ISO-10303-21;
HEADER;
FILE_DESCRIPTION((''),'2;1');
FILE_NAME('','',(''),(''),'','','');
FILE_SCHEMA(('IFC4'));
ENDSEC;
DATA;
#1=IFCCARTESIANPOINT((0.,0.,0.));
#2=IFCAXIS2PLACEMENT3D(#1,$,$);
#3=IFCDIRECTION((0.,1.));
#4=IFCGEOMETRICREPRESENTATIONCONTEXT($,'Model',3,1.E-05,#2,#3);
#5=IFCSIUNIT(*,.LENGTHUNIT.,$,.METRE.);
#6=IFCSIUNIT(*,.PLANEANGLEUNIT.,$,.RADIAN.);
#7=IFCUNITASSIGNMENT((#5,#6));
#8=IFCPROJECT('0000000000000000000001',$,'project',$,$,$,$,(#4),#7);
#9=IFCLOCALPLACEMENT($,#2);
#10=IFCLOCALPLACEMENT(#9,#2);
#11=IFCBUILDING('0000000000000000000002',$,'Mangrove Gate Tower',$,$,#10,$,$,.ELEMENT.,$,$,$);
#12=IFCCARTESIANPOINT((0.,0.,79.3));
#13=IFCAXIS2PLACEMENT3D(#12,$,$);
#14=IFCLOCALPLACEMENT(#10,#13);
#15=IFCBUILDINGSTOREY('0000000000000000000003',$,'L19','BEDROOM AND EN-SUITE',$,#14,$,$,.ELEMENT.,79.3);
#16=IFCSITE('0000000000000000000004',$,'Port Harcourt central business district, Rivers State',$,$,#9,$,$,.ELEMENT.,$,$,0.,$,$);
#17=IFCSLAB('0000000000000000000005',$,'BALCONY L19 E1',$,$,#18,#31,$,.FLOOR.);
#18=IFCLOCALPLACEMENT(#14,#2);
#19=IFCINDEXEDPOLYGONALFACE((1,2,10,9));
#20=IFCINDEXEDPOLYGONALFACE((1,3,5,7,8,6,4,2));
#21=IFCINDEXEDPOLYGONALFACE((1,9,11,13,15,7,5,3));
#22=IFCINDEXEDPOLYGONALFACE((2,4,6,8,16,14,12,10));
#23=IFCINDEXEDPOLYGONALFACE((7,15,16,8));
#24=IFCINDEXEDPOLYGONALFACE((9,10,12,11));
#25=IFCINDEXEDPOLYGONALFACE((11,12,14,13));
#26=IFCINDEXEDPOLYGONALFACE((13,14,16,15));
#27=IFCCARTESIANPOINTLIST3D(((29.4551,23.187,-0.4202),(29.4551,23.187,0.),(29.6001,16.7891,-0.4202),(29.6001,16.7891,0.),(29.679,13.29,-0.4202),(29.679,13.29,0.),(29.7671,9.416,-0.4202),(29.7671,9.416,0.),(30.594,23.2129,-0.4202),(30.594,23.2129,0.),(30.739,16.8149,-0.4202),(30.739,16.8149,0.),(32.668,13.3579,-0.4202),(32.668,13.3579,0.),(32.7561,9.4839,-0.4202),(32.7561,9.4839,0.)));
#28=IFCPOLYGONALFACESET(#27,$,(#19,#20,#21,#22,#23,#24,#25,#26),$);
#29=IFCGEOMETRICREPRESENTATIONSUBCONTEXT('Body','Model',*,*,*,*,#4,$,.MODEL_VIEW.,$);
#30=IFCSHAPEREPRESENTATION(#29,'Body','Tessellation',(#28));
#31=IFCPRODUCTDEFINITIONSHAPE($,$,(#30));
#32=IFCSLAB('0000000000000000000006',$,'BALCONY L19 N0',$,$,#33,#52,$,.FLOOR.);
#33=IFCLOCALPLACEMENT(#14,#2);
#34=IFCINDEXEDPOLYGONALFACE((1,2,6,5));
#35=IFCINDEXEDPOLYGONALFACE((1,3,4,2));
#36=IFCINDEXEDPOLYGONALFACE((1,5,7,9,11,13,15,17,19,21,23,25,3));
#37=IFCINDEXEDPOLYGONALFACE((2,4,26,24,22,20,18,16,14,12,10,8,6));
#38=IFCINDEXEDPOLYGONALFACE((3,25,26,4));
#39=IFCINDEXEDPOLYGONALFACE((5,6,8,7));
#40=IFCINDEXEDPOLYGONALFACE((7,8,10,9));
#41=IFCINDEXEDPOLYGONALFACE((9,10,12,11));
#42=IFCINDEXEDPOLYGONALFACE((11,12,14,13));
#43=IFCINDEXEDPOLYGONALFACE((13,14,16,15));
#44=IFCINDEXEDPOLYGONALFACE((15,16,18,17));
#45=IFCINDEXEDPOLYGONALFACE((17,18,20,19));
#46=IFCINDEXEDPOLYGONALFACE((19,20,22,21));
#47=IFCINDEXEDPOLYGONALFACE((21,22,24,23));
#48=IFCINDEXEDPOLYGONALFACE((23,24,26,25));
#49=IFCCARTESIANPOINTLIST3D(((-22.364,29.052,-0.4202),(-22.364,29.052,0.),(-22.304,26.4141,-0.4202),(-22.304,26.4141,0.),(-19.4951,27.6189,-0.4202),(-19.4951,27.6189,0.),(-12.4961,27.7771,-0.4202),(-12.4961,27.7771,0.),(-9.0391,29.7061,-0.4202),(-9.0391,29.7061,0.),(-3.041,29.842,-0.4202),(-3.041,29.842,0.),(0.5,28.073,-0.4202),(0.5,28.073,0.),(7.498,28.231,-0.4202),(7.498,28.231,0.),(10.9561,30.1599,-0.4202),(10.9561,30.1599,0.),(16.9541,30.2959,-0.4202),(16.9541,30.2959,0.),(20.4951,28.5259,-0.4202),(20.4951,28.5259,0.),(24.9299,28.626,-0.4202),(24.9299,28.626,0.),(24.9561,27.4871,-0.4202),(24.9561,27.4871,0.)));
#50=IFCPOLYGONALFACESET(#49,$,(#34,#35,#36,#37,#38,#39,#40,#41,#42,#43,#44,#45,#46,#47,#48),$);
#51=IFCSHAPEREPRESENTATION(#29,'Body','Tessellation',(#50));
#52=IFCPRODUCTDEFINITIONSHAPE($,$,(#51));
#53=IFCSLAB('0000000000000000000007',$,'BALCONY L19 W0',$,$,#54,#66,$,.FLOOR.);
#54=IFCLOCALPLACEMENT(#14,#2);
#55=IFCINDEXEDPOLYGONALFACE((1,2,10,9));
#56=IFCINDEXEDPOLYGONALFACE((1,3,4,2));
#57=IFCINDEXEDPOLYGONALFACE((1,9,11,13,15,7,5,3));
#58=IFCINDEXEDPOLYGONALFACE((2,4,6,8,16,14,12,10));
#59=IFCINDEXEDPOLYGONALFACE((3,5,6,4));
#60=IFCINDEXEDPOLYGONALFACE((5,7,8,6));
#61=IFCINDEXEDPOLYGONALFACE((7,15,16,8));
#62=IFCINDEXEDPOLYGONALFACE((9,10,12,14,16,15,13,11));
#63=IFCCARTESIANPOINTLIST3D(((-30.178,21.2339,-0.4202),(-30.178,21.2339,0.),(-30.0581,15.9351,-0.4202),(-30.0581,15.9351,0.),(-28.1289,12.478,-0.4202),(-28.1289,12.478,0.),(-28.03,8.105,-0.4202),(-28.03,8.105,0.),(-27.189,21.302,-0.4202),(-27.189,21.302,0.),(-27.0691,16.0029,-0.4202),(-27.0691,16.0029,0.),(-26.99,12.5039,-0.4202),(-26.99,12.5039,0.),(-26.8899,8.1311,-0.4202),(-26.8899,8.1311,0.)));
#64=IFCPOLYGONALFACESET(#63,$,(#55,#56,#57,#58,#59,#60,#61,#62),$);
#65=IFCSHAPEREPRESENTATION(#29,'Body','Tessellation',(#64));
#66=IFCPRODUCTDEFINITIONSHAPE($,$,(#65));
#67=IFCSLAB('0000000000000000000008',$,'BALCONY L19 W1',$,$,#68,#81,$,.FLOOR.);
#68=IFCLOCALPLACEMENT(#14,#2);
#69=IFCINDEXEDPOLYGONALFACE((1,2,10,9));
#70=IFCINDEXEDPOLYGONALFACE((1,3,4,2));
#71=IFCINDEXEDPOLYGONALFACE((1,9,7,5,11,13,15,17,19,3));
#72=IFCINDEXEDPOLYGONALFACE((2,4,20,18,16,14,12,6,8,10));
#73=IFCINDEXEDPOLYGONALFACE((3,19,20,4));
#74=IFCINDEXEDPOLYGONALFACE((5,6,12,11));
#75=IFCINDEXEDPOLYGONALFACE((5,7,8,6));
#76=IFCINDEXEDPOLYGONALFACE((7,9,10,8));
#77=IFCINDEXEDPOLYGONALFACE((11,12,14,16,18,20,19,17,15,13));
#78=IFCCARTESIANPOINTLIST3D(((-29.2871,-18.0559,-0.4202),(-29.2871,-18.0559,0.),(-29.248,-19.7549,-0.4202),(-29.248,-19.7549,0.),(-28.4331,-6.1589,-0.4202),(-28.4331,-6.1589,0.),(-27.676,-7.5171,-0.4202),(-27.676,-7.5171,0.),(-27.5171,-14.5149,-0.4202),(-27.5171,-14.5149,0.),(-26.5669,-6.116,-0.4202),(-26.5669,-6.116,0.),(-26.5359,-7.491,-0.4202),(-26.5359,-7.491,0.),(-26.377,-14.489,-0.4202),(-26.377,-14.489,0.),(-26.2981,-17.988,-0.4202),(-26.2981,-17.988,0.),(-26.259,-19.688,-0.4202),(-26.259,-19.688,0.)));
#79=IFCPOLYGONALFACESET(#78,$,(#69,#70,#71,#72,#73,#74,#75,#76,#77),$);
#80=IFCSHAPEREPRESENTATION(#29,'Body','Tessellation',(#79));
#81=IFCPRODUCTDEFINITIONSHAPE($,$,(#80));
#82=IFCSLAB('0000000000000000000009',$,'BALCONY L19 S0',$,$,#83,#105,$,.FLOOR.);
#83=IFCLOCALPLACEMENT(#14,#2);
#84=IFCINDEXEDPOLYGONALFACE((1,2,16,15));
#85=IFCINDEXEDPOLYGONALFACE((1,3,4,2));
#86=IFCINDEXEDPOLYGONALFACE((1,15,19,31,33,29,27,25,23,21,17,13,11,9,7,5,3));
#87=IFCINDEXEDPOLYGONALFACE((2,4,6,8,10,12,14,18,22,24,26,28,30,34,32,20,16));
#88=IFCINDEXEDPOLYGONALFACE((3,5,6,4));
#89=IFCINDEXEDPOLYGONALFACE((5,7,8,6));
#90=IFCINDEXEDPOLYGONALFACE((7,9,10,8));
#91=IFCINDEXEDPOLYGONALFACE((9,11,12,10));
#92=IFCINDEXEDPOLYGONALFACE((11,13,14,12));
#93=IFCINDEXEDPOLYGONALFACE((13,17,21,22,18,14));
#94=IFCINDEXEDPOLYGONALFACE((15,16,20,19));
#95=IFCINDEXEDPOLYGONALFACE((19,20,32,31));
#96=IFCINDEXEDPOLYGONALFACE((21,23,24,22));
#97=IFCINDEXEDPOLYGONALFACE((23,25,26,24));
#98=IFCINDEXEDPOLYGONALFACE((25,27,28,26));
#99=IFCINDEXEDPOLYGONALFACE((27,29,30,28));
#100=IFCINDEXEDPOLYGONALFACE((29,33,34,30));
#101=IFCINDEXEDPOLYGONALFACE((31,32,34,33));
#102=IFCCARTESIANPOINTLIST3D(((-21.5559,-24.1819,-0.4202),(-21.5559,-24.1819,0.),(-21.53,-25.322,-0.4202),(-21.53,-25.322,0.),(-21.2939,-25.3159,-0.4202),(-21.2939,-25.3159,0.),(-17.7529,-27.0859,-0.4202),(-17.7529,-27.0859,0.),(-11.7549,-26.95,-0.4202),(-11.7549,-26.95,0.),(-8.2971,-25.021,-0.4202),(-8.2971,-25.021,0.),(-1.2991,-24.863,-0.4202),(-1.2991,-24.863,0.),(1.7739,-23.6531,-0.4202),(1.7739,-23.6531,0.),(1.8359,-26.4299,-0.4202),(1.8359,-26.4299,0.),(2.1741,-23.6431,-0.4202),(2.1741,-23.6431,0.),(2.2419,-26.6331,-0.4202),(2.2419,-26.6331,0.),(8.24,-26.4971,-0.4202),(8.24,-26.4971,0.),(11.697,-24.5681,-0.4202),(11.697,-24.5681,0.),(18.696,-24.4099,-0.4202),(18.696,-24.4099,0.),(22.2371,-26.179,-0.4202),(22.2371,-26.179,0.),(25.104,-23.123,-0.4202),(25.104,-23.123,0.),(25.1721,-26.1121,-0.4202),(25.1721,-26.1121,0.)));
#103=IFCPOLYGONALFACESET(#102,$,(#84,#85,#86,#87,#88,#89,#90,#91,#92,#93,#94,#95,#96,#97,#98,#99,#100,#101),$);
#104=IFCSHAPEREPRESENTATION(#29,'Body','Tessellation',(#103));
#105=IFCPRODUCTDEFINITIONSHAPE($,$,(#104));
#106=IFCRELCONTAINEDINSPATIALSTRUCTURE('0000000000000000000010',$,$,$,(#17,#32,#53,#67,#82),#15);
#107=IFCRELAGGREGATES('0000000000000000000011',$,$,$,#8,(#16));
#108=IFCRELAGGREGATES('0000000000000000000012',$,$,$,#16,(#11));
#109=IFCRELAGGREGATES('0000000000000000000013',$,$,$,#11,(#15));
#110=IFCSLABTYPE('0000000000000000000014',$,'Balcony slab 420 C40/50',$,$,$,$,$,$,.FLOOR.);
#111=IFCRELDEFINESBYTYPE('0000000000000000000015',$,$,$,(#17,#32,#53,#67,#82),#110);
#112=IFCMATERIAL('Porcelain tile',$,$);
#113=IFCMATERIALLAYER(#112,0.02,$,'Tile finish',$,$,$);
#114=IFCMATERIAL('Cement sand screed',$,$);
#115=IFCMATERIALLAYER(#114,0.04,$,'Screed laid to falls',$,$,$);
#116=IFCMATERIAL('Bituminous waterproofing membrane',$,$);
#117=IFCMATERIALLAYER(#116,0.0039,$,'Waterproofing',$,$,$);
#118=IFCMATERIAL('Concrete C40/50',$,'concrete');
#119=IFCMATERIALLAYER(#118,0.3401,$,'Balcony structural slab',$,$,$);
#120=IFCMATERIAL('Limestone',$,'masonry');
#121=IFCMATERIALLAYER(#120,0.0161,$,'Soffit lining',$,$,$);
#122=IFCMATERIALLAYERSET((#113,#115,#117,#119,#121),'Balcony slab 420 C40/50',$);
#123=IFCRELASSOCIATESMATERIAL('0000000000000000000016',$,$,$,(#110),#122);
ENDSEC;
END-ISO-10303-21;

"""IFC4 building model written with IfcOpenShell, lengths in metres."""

from ifc_helpers import new_model, si_unit, direction, frame, origin, place, context, subcontext, project, spatial, polyline, outline, extrude, material, layer, layer_set, type_object, element, save


model = new_model("IFC4")

# Units and contexts
model_context = context("Model", 3, precision=1e-05, world=origin(), true_north=direction((0.0, 1.0)))
body_context = subcontext(model_context, "Body", "Model", "MODEL_VIEW")
ifc_project = project(units=[si_unit("LENGTHUNIT", "METRE"), si_unit("PLANEANGLEUNIT", "RADIAN")], contexts=[model_context])

# Site, building, storey
site_placement = place(None, origin())
site = spatial("IfcSite", under=ifc_project, at=site_placement, Name="Port Harcourt central business district, Rivers State", CompositionType="ELEMENT", RefElevation=0.0)
building_placement = place(site_placement, origin())
building = spatial("IfcBuilding", under=site, at=building_placement, Name="Mangrove Gate Tower", CompositionType="ELEMENT")
storey_placement = place(building_placement, frame((0.0, 0.0, 79.3)))
storey = spatial("IfcBuildingStorey", under=building, at=storey_placement, Name="L19", Description="BEDROOM AND EN-SUITE", CompositionType="ELEMENT", Elevation=79.3)

# Slabs
ifc_material_1 = material(Name="Porcelain tile")
ifc_layer_1 = layer(ifc_material_1, 0.02, Name="Tile finish")
ifc_material_2 = material(Name="Cement sand screed")
ifc_layer_2 = layer(ifc_material_2, 0.04, Name="Screed laid to falls")
ifc_material_3 = material(Name="Bituminous waterproofing membrane")
ifc_layer_3 = layer(ifc_material_3, 0.0039, Name="Waterproofing")
ifc_material_4 = material(Name="Concrete C40/50", Category="concrete")
ifc_layer_4 = layer(ifc_material_4, 0.3401, Name="Balcony structural slab")
ifc_material_5 = material(Name="Limestone", Category="masonry")
ifc_layer_5 = layer(ifc_material_5, 0.0161, Name="Soffit lining")
ifc_layer_set_1 = layer_set([ifc_layer_1, ifc_layer_2, ifc_layer_3, ifc_layer_4, ifc_layer_5], Name="Balcony slab 420 C40/50")
slab_type_1 = type_object("IfcSlabType", Name="Balcony slab 420 C40/50", PredefinedType="FLOOR", material=ifc_layer_set_1)
slab_1_placement = place(storey_placement, frame((0.0, 0.0, -0.4202)))
element("IfcSlab", 1, at=slab_1_placement, inside=storey, type_object=slab_type_1, Name="BALCONY L19 E1", PredefinedType="FLOOR", context=body_context, shape_type="SweptSolid", body=[
    extrude(outline(polyline([(32.7561, 9.4839), (32.668, 13.3579), (30.739, 16.8149), (30.594, 23.2129), (29.4551, 23.187), (29.6001, 16.7891), (29.679, 13.29), (29.7671, 9.416), (32.7561, 9.4839)])), origin(), (0.0, 0.0, 1.0), 0.4202),
])
slab_2_placement = place(storey_placement, frame((0.0, 0.0, -0.4202)))
element("IfcSlab", 2, at=slab_2_placement, inside=storey, type_object=slab_type_1, Name="BALCONY L19 N0", PredefinedType="FLOOR", context=body_context, shape_type="SweptSolid", body=[
    extrude(outline(polyline([(24.9299, 28.626), (20.4951, 28.5259), (16.9541, 30.2959), (10.9561, 30.1599), (7.498, 28.231), (0.5, 28.073), (-3.041, 29.842), (-9.0391, 29.7061), (-12.4961, 27.7771), (-19.4951, 27.6189), (-22.364, 29.052), (-22.304, 26.4141), (24.9561, 27.4871), (24.9299, 28.626)])), origin(), (0.0, 0.0, 1.0), 0.4202),
])
slab_3_placement = place(storey_placement, frame((0.0, 0.0, -0.4202)))
element("IfcSlab", 3, at=slab_3_placement, inside=storey, type_object=slab_type_1, Name="BALCONY L19 W0", PredefinedType="FLOOR", context=body_context, shape_type="SweptSolid", body=[
    extrude(outline(polyline([(-30.178, 21.2339), (-30.0581, 15.9351), (-28.1289, 12.478), (-28.03, 8.105), (-26.8899, 8.1311), (-26.99, 12.5039), (-27.0691, 16.0029), (-27.189, 21.302), (-30.178, 21.2339)])), origin(), (0.0, 0.0, 1.0), 0.4202),
])
slab_4_placement = place(storey_placement, frame((0.0, 0.0, -0.4202)))
element("IfcSlab", 4, at=slab_4_placement, inside=storey, type_object=slab_type_1, Name="BALCONY L19 W1", PredefinedType="FLOOR", context=body_context, shape_type="SweptSolid", body=[
    extrude(outline(polyline([(-28.4331, -6.1589), (-27.676, -7.5171), (-27.5171, -14.5149), (-29.2871, -18.0559), (-29.248, -19.7549), (-26.259, -19.688), (-26.2981, -17.988), (-26.377, -14.489), (-26.5359, -7.491), (-26.5669, -6.116), (-28.4331, -6.1589)])), origin(), (0.0, 0.0, 1.0), 0.4202),
])
slab_5_placement = place(storey_placement, frame((0.0, 0.0, -0.4202)))
element("IfcSlab", 5, at=slab_5_placement, inside=storey, type_object=slab_type_1, Name="BALCONY L19 S0", PredefinedType="FLOOR", context=body_context, shape_type="SweptSolid", body=[
    extrude(outline(polyline([(-21.53, -25.322), (-21.2939, -25.3159), (-17.7529, -27.0859), (-11.7549, -26.95), (-8.2971, -25.021), (-1.2991, -24.863), (1.8359, -26.4299), (2.2419, -26.6331), (8.24, -26.4971), (11.697, -24.5681), (18.696, -24.4099), (22.2371, -26.179), (25.1721, -26.1121), (25.104, -23.123), (2.1741, -23.6431), (1.7739, -23.6531), (-21.5559, -24.1819), (-21.53, -25.322)])), origin(), (0.0, 0.0, 1.0), 0.4202),
])

save(model, "model.ifc")
